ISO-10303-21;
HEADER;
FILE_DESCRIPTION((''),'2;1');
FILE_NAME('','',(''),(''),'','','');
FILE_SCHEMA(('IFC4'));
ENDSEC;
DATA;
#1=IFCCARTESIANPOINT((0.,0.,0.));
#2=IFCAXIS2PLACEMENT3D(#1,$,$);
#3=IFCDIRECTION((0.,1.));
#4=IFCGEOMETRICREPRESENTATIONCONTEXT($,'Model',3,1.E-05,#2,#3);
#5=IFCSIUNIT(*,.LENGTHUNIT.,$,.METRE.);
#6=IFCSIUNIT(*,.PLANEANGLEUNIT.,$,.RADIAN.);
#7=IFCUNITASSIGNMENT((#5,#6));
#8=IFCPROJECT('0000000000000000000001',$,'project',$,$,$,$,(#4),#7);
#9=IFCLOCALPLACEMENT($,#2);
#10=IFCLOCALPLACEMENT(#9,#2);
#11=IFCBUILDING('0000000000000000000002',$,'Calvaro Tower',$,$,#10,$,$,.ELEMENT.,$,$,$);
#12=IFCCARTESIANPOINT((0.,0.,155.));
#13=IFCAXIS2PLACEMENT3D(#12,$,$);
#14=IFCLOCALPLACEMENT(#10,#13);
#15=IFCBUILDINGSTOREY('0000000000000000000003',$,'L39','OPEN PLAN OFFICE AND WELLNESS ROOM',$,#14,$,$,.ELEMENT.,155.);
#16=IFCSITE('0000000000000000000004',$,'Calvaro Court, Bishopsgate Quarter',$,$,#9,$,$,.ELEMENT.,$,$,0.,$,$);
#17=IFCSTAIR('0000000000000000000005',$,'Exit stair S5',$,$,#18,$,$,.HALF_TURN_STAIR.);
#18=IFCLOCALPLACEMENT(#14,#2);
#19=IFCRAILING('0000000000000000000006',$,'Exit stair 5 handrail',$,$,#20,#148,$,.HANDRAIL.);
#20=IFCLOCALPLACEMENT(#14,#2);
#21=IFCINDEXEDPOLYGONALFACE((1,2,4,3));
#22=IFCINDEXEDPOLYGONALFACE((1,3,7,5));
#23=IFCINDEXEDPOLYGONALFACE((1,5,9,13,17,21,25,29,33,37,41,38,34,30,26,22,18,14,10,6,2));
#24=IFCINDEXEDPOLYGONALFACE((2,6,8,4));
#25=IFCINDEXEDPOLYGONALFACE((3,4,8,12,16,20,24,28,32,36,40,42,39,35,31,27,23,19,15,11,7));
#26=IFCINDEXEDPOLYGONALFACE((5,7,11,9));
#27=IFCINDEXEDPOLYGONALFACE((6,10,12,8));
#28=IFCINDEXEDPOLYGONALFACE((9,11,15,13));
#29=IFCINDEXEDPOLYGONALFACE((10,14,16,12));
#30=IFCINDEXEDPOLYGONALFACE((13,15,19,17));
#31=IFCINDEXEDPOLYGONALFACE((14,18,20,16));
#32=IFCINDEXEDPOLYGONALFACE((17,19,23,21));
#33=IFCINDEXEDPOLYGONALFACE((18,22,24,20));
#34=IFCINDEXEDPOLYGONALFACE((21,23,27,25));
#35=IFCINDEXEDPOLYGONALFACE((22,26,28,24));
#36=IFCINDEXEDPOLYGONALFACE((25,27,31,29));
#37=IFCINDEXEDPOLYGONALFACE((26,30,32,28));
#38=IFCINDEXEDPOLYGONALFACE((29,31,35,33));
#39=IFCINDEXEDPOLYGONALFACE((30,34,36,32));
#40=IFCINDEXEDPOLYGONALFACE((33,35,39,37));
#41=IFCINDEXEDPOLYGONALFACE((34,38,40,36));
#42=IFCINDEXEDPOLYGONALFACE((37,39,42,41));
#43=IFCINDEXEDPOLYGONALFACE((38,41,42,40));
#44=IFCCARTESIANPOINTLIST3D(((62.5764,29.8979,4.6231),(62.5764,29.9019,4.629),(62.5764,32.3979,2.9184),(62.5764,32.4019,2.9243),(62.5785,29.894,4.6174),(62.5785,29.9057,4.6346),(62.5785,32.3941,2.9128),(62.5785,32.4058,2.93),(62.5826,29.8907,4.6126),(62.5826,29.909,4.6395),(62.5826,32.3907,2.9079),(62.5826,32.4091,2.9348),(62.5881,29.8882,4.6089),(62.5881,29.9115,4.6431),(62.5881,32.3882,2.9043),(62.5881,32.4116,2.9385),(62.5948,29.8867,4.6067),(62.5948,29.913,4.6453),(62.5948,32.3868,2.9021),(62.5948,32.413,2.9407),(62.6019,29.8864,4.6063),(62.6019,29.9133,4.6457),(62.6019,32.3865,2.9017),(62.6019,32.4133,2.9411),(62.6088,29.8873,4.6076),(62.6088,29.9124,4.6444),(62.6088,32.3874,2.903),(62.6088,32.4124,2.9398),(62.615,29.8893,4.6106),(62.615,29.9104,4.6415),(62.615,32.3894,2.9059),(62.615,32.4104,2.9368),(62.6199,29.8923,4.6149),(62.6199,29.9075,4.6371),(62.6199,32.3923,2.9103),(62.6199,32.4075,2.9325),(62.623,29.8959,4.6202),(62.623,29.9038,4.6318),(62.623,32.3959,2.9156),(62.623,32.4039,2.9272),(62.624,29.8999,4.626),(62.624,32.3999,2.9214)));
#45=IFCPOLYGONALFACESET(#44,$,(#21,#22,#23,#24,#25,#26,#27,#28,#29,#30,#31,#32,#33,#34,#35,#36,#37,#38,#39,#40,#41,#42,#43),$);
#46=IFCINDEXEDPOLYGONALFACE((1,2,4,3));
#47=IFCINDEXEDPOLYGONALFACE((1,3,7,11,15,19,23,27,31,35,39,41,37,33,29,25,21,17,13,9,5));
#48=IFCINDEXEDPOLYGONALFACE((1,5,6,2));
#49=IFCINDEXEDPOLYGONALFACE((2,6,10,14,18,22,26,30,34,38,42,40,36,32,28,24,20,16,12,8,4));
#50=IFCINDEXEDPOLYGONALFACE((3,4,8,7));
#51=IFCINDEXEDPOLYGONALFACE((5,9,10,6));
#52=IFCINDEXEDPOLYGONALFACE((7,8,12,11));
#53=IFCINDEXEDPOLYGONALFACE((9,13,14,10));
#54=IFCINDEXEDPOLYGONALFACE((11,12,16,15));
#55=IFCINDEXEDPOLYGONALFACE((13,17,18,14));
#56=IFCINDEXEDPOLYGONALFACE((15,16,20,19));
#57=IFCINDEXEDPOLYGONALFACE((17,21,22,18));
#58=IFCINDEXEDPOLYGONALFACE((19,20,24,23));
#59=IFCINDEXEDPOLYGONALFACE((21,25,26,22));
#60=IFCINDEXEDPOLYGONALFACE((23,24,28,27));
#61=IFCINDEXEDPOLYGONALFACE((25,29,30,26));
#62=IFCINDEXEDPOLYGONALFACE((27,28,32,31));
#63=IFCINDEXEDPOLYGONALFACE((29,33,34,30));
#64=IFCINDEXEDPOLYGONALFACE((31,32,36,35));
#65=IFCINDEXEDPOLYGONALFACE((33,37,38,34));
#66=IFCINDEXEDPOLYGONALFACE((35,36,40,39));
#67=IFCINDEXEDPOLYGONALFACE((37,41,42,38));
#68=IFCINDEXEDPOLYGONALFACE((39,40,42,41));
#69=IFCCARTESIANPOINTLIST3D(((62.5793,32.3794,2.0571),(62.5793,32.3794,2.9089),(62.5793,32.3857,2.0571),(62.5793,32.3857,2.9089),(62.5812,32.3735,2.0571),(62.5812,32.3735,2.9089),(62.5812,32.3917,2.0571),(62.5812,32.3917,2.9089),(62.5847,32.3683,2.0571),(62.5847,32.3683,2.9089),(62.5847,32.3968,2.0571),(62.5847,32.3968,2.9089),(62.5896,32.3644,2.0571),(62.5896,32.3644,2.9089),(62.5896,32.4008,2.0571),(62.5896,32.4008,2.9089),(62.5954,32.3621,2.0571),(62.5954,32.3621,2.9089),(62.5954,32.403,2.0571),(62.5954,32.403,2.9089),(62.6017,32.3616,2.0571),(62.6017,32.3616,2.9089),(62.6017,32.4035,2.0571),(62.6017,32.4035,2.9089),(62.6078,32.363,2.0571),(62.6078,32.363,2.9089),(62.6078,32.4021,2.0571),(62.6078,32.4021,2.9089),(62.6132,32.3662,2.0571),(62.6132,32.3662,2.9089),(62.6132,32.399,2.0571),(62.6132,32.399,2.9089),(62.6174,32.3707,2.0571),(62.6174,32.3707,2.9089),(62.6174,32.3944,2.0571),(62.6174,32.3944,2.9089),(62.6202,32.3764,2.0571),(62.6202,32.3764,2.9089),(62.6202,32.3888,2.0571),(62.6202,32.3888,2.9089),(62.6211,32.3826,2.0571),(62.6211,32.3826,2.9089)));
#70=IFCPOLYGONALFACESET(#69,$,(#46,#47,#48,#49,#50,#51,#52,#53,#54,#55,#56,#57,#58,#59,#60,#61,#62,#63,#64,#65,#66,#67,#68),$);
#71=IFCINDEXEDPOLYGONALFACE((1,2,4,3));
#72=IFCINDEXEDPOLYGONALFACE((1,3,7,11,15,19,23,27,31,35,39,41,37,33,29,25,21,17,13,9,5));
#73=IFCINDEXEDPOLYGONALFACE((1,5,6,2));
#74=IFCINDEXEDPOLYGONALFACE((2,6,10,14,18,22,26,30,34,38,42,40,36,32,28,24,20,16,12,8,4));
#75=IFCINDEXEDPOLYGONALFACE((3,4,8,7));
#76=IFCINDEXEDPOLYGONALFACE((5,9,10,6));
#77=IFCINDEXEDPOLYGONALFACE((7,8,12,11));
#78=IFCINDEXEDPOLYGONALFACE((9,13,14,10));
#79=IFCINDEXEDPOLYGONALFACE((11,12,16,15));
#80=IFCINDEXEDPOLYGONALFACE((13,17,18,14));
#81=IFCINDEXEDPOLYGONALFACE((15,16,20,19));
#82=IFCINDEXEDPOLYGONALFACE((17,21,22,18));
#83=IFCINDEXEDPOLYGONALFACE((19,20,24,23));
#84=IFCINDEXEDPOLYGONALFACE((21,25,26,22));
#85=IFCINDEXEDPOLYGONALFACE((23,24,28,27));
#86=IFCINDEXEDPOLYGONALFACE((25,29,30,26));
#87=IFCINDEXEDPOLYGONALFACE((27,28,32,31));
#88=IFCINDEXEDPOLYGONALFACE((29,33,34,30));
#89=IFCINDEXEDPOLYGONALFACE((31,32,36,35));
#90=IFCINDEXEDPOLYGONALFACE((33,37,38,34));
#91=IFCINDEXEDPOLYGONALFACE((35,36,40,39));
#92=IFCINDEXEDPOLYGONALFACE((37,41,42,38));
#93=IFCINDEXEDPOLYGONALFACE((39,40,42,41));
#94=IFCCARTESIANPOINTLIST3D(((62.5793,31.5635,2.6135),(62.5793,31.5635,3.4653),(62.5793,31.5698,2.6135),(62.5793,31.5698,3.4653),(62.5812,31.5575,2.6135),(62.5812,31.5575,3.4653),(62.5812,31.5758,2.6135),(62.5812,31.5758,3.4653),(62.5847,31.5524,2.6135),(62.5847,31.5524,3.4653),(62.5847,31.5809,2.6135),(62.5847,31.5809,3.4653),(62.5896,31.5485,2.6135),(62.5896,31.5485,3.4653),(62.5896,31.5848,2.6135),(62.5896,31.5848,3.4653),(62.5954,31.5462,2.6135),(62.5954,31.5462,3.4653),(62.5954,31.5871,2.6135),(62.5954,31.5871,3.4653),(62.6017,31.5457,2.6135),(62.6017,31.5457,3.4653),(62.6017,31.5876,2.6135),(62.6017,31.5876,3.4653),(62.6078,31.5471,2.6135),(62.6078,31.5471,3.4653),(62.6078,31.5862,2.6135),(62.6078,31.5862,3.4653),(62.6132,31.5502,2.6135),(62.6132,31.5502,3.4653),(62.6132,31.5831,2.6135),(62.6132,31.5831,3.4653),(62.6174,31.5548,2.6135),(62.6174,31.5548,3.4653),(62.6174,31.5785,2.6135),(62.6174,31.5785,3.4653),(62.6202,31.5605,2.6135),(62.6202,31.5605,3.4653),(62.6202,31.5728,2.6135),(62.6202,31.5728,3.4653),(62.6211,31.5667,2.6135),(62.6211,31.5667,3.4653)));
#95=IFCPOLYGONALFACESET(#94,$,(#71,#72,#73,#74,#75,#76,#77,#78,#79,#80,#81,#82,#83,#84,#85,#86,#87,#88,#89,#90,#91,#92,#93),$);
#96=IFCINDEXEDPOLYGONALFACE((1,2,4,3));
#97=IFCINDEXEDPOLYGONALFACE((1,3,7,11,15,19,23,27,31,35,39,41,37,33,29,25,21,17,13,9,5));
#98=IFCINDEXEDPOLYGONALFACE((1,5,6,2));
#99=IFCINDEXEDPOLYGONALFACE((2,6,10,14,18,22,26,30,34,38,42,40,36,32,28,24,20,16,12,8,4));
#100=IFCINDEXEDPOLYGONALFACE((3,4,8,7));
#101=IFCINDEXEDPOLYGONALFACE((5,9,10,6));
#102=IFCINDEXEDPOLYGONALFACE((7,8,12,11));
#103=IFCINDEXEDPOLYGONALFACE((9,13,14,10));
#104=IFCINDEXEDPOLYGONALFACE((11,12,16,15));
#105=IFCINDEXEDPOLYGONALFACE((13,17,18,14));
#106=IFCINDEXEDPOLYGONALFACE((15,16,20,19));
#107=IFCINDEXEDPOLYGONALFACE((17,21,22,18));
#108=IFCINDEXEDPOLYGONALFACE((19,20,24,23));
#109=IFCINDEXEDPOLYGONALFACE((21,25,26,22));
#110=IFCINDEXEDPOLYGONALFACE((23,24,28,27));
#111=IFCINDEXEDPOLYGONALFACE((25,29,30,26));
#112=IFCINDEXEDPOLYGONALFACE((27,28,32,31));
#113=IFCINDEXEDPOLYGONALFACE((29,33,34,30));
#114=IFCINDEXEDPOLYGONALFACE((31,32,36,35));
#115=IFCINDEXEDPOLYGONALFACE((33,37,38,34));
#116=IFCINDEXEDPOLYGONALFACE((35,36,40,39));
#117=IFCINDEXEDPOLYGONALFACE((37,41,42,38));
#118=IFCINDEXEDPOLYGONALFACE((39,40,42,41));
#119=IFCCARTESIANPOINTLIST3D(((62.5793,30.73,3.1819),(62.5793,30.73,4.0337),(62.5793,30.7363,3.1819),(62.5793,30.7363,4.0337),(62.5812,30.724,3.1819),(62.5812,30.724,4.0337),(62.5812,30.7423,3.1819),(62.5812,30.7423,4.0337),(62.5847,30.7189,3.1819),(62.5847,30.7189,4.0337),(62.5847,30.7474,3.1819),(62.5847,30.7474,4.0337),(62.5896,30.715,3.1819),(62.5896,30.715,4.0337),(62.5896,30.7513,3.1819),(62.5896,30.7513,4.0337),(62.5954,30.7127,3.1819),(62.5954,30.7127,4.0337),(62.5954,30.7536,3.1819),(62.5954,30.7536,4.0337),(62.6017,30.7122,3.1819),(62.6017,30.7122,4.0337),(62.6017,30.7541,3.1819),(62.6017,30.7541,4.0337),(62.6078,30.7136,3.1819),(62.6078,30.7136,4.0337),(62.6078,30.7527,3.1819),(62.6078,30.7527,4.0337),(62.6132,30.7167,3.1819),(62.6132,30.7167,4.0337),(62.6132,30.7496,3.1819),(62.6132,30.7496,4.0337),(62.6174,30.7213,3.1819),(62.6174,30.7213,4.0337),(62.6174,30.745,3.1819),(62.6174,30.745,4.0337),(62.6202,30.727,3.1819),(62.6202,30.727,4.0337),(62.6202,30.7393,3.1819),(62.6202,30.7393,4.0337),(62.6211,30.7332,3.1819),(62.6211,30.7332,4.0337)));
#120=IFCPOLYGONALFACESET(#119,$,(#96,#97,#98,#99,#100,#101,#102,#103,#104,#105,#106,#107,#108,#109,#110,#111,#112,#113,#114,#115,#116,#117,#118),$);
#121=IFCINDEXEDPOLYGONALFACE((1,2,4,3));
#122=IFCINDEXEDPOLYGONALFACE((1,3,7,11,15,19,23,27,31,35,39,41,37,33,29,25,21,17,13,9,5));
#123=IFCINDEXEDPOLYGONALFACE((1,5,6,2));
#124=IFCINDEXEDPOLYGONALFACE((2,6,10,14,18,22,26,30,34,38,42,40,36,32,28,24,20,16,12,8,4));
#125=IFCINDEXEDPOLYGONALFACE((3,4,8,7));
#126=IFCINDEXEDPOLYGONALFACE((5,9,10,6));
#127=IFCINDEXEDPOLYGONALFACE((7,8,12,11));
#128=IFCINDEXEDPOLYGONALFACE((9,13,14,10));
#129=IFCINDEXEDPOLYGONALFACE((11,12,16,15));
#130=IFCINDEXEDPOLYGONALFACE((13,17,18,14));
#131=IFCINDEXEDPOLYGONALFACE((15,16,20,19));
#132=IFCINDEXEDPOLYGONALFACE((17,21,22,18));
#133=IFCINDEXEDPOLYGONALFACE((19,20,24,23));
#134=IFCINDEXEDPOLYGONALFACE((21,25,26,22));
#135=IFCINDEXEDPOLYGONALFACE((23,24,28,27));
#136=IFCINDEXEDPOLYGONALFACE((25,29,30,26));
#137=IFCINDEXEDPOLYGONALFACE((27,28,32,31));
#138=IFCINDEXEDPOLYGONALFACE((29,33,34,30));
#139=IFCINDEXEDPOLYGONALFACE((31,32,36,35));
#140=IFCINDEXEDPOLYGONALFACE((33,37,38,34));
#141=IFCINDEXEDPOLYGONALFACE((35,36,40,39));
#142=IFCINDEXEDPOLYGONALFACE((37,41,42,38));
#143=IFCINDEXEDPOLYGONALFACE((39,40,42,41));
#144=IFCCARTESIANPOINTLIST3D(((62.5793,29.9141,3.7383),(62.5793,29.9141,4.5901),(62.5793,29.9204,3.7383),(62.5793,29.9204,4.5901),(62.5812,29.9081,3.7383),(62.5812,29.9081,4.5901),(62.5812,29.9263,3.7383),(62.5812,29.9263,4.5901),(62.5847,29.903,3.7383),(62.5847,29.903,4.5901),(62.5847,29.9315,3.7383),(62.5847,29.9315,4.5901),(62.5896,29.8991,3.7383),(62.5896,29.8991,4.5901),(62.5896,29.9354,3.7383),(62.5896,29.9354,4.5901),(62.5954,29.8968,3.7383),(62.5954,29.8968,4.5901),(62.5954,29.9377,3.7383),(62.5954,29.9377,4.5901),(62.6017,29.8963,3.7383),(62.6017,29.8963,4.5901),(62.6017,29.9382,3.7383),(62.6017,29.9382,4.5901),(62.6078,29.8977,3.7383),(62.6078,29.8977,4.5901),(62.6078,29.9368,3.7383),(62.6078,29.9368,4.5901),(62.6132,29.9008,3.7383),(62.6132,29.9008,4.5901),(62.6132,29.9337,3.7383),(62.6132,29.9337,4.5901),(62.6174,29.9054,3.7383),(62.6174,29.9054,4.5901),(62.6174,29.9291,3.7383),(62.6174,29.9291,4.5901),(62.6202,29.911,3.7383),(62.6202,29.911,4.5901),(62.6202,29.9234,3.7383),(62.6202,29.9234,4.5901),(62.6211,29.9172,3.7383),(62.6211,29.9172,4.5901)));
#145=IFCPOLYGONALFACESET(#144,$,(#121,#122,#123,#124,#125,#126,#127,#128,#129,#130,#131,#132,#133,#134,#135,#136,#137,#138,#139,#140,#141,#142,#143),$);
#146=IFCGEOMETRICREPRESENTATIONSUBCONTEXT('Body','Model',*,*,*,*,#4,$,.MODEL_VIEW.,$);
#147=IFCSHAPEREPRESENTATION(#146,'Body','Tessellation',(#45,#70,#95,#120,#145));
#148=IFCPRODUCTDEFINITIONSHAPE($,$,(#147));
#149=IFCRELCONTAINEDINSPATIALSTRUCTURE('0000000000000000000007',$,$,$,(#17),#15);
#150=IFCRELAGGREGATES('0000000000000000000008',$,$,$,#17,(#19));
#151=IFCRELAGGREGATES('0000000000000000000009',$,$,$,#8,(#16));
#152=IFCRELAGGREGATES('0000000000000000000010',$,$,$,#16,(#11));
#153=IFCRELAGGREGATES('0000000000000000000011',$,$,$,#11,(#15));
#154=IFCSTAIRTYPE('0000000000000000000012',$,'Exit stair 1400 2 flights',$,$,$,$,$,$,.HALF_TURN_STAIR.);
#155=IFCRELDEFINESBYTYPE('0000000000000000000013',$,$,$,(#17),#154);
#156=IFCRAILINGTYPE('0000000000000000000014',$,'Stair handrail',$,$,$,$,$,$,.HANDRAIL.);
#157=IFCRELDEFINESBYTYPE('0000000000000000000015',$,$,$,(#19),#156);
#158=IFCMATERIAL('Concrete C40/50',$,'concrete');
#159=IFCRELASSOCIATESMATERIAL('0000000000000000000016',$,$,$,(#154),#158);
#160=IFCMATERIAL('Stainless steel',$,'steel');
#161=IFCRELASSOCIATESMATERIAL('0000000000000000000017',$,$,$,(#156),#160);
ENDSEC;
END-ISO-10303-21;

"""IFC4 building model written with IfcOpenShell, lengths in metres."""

from ifc_helpers import new_model, si_unit, direction, frame, origin, origin_2d, place, context, subcontext, project, spatial, circle, extrude, material, type_object, element, aggregate, save


model = new_model("IFC4")

# Units and contexts
model_context = context("Model", 3, precision=1e-05, world=origin(), true_north=direction((0.0, 1.0)))
body_context = subcontext(model_context, "Body", "Model", "MODEL_VIEW")
ifc_project = project(units=[si_unit("LENGTHUNIT", "METRE"), si_unit("PLANEANGLEUNIT", "RADIAN")], contexts=[model_context])

# Site, building, storey
site_placement = place(None, origin())
site = spatial("IfcSite", under=ifc_project, at=site_placement, Name="Calvaro Court, Bishopsgate Quarter", CompositionType="ELEMENT", RefElevation=0.0)
building_placement = place(site_placement, origin())
building = spatial("IfcBuilding", under=site, at=building_placement, Name="Calvaro Tower", CompositionType="ELEMENT")
storey_placement = place(building_placement, frame((0.0, 0.0, 155.0)))
storey = spatial("IfcBuildingStorey", under=building, at=storey_placement, Name="L39", Description="OPEN PLAN OFFICE AND WELLNESS ROOM", CompositionType="ELEMENT", Elevation=155.0)

# Stair, railing
ifc_material_1 = material(Name="Concrete C40/50", Category="concrete")
stair_type = type_object("IfcStairType", Name="Exit stair 1400 2 flights", PredefinedType="HALF_TURN_STAIR", material=ifc_material_1)
stair_placement = place(storey_placement, origin())
stair = element("IfcStair", 1, at=stair_placement, inside=storey, type_object=stair_type, Name="Exit stair S5", PredefinedType="HALF_TURN_STAIR")
ifc_material_2 = material(Name="Stainless steel", Category="steel")
railing_type = type_object("IfcRailingType", Name="Stair handrail", PredefinedType="HANDRAIL", material=ifc_material_2)
railing_1_placement = place(storey_placement, frame((62.6001, 32.3999, 2.0454)))
railing_1 = element("IfcRailing", 2, at=railing_1_placement, type_object=railing_type, Name="Exit stair 5 handrail", PredefinedType="HANDRAIL", context=body_context, shape_type="SweptSolid", body=[
    extrude(circle(Radius=0.0239, at=origin_2d()), frame((0.0, 0.0, 0.876), z_axis=(0.0, -0.826221, 0.563347), x_axis=(1.0, 0.0, 0.0)), (0.0, 0.0, 1.0), 3.0259),
    extrude(circle(Radius=0.021, at=origin_2d()), frame((0.0, -0.0173, 0.0117)), (0.0, 0.0, 1.0), 0.8518),
    extrude(circle(Radius=0.021, at=origin_2d()), frame((0.0, -0.8333, 0.5681)), (0.0, 0.0, 1.0), 0.8518),
    extrude(circle(Radius=0.021, at=origin_2d()), frame((0.0, -1.6667, 1.1365)), (0.0, 0.0, 1.0), 0.8518),
    extrude(circle(Radius=0.021, at=origin_2d()), frame((0.0, -2.4827, 1.6929)), (0.0, 0.0, 1.0), 0.8518),
])
aggregate(stair, [railing_1])

save(model, "model.ifc")
